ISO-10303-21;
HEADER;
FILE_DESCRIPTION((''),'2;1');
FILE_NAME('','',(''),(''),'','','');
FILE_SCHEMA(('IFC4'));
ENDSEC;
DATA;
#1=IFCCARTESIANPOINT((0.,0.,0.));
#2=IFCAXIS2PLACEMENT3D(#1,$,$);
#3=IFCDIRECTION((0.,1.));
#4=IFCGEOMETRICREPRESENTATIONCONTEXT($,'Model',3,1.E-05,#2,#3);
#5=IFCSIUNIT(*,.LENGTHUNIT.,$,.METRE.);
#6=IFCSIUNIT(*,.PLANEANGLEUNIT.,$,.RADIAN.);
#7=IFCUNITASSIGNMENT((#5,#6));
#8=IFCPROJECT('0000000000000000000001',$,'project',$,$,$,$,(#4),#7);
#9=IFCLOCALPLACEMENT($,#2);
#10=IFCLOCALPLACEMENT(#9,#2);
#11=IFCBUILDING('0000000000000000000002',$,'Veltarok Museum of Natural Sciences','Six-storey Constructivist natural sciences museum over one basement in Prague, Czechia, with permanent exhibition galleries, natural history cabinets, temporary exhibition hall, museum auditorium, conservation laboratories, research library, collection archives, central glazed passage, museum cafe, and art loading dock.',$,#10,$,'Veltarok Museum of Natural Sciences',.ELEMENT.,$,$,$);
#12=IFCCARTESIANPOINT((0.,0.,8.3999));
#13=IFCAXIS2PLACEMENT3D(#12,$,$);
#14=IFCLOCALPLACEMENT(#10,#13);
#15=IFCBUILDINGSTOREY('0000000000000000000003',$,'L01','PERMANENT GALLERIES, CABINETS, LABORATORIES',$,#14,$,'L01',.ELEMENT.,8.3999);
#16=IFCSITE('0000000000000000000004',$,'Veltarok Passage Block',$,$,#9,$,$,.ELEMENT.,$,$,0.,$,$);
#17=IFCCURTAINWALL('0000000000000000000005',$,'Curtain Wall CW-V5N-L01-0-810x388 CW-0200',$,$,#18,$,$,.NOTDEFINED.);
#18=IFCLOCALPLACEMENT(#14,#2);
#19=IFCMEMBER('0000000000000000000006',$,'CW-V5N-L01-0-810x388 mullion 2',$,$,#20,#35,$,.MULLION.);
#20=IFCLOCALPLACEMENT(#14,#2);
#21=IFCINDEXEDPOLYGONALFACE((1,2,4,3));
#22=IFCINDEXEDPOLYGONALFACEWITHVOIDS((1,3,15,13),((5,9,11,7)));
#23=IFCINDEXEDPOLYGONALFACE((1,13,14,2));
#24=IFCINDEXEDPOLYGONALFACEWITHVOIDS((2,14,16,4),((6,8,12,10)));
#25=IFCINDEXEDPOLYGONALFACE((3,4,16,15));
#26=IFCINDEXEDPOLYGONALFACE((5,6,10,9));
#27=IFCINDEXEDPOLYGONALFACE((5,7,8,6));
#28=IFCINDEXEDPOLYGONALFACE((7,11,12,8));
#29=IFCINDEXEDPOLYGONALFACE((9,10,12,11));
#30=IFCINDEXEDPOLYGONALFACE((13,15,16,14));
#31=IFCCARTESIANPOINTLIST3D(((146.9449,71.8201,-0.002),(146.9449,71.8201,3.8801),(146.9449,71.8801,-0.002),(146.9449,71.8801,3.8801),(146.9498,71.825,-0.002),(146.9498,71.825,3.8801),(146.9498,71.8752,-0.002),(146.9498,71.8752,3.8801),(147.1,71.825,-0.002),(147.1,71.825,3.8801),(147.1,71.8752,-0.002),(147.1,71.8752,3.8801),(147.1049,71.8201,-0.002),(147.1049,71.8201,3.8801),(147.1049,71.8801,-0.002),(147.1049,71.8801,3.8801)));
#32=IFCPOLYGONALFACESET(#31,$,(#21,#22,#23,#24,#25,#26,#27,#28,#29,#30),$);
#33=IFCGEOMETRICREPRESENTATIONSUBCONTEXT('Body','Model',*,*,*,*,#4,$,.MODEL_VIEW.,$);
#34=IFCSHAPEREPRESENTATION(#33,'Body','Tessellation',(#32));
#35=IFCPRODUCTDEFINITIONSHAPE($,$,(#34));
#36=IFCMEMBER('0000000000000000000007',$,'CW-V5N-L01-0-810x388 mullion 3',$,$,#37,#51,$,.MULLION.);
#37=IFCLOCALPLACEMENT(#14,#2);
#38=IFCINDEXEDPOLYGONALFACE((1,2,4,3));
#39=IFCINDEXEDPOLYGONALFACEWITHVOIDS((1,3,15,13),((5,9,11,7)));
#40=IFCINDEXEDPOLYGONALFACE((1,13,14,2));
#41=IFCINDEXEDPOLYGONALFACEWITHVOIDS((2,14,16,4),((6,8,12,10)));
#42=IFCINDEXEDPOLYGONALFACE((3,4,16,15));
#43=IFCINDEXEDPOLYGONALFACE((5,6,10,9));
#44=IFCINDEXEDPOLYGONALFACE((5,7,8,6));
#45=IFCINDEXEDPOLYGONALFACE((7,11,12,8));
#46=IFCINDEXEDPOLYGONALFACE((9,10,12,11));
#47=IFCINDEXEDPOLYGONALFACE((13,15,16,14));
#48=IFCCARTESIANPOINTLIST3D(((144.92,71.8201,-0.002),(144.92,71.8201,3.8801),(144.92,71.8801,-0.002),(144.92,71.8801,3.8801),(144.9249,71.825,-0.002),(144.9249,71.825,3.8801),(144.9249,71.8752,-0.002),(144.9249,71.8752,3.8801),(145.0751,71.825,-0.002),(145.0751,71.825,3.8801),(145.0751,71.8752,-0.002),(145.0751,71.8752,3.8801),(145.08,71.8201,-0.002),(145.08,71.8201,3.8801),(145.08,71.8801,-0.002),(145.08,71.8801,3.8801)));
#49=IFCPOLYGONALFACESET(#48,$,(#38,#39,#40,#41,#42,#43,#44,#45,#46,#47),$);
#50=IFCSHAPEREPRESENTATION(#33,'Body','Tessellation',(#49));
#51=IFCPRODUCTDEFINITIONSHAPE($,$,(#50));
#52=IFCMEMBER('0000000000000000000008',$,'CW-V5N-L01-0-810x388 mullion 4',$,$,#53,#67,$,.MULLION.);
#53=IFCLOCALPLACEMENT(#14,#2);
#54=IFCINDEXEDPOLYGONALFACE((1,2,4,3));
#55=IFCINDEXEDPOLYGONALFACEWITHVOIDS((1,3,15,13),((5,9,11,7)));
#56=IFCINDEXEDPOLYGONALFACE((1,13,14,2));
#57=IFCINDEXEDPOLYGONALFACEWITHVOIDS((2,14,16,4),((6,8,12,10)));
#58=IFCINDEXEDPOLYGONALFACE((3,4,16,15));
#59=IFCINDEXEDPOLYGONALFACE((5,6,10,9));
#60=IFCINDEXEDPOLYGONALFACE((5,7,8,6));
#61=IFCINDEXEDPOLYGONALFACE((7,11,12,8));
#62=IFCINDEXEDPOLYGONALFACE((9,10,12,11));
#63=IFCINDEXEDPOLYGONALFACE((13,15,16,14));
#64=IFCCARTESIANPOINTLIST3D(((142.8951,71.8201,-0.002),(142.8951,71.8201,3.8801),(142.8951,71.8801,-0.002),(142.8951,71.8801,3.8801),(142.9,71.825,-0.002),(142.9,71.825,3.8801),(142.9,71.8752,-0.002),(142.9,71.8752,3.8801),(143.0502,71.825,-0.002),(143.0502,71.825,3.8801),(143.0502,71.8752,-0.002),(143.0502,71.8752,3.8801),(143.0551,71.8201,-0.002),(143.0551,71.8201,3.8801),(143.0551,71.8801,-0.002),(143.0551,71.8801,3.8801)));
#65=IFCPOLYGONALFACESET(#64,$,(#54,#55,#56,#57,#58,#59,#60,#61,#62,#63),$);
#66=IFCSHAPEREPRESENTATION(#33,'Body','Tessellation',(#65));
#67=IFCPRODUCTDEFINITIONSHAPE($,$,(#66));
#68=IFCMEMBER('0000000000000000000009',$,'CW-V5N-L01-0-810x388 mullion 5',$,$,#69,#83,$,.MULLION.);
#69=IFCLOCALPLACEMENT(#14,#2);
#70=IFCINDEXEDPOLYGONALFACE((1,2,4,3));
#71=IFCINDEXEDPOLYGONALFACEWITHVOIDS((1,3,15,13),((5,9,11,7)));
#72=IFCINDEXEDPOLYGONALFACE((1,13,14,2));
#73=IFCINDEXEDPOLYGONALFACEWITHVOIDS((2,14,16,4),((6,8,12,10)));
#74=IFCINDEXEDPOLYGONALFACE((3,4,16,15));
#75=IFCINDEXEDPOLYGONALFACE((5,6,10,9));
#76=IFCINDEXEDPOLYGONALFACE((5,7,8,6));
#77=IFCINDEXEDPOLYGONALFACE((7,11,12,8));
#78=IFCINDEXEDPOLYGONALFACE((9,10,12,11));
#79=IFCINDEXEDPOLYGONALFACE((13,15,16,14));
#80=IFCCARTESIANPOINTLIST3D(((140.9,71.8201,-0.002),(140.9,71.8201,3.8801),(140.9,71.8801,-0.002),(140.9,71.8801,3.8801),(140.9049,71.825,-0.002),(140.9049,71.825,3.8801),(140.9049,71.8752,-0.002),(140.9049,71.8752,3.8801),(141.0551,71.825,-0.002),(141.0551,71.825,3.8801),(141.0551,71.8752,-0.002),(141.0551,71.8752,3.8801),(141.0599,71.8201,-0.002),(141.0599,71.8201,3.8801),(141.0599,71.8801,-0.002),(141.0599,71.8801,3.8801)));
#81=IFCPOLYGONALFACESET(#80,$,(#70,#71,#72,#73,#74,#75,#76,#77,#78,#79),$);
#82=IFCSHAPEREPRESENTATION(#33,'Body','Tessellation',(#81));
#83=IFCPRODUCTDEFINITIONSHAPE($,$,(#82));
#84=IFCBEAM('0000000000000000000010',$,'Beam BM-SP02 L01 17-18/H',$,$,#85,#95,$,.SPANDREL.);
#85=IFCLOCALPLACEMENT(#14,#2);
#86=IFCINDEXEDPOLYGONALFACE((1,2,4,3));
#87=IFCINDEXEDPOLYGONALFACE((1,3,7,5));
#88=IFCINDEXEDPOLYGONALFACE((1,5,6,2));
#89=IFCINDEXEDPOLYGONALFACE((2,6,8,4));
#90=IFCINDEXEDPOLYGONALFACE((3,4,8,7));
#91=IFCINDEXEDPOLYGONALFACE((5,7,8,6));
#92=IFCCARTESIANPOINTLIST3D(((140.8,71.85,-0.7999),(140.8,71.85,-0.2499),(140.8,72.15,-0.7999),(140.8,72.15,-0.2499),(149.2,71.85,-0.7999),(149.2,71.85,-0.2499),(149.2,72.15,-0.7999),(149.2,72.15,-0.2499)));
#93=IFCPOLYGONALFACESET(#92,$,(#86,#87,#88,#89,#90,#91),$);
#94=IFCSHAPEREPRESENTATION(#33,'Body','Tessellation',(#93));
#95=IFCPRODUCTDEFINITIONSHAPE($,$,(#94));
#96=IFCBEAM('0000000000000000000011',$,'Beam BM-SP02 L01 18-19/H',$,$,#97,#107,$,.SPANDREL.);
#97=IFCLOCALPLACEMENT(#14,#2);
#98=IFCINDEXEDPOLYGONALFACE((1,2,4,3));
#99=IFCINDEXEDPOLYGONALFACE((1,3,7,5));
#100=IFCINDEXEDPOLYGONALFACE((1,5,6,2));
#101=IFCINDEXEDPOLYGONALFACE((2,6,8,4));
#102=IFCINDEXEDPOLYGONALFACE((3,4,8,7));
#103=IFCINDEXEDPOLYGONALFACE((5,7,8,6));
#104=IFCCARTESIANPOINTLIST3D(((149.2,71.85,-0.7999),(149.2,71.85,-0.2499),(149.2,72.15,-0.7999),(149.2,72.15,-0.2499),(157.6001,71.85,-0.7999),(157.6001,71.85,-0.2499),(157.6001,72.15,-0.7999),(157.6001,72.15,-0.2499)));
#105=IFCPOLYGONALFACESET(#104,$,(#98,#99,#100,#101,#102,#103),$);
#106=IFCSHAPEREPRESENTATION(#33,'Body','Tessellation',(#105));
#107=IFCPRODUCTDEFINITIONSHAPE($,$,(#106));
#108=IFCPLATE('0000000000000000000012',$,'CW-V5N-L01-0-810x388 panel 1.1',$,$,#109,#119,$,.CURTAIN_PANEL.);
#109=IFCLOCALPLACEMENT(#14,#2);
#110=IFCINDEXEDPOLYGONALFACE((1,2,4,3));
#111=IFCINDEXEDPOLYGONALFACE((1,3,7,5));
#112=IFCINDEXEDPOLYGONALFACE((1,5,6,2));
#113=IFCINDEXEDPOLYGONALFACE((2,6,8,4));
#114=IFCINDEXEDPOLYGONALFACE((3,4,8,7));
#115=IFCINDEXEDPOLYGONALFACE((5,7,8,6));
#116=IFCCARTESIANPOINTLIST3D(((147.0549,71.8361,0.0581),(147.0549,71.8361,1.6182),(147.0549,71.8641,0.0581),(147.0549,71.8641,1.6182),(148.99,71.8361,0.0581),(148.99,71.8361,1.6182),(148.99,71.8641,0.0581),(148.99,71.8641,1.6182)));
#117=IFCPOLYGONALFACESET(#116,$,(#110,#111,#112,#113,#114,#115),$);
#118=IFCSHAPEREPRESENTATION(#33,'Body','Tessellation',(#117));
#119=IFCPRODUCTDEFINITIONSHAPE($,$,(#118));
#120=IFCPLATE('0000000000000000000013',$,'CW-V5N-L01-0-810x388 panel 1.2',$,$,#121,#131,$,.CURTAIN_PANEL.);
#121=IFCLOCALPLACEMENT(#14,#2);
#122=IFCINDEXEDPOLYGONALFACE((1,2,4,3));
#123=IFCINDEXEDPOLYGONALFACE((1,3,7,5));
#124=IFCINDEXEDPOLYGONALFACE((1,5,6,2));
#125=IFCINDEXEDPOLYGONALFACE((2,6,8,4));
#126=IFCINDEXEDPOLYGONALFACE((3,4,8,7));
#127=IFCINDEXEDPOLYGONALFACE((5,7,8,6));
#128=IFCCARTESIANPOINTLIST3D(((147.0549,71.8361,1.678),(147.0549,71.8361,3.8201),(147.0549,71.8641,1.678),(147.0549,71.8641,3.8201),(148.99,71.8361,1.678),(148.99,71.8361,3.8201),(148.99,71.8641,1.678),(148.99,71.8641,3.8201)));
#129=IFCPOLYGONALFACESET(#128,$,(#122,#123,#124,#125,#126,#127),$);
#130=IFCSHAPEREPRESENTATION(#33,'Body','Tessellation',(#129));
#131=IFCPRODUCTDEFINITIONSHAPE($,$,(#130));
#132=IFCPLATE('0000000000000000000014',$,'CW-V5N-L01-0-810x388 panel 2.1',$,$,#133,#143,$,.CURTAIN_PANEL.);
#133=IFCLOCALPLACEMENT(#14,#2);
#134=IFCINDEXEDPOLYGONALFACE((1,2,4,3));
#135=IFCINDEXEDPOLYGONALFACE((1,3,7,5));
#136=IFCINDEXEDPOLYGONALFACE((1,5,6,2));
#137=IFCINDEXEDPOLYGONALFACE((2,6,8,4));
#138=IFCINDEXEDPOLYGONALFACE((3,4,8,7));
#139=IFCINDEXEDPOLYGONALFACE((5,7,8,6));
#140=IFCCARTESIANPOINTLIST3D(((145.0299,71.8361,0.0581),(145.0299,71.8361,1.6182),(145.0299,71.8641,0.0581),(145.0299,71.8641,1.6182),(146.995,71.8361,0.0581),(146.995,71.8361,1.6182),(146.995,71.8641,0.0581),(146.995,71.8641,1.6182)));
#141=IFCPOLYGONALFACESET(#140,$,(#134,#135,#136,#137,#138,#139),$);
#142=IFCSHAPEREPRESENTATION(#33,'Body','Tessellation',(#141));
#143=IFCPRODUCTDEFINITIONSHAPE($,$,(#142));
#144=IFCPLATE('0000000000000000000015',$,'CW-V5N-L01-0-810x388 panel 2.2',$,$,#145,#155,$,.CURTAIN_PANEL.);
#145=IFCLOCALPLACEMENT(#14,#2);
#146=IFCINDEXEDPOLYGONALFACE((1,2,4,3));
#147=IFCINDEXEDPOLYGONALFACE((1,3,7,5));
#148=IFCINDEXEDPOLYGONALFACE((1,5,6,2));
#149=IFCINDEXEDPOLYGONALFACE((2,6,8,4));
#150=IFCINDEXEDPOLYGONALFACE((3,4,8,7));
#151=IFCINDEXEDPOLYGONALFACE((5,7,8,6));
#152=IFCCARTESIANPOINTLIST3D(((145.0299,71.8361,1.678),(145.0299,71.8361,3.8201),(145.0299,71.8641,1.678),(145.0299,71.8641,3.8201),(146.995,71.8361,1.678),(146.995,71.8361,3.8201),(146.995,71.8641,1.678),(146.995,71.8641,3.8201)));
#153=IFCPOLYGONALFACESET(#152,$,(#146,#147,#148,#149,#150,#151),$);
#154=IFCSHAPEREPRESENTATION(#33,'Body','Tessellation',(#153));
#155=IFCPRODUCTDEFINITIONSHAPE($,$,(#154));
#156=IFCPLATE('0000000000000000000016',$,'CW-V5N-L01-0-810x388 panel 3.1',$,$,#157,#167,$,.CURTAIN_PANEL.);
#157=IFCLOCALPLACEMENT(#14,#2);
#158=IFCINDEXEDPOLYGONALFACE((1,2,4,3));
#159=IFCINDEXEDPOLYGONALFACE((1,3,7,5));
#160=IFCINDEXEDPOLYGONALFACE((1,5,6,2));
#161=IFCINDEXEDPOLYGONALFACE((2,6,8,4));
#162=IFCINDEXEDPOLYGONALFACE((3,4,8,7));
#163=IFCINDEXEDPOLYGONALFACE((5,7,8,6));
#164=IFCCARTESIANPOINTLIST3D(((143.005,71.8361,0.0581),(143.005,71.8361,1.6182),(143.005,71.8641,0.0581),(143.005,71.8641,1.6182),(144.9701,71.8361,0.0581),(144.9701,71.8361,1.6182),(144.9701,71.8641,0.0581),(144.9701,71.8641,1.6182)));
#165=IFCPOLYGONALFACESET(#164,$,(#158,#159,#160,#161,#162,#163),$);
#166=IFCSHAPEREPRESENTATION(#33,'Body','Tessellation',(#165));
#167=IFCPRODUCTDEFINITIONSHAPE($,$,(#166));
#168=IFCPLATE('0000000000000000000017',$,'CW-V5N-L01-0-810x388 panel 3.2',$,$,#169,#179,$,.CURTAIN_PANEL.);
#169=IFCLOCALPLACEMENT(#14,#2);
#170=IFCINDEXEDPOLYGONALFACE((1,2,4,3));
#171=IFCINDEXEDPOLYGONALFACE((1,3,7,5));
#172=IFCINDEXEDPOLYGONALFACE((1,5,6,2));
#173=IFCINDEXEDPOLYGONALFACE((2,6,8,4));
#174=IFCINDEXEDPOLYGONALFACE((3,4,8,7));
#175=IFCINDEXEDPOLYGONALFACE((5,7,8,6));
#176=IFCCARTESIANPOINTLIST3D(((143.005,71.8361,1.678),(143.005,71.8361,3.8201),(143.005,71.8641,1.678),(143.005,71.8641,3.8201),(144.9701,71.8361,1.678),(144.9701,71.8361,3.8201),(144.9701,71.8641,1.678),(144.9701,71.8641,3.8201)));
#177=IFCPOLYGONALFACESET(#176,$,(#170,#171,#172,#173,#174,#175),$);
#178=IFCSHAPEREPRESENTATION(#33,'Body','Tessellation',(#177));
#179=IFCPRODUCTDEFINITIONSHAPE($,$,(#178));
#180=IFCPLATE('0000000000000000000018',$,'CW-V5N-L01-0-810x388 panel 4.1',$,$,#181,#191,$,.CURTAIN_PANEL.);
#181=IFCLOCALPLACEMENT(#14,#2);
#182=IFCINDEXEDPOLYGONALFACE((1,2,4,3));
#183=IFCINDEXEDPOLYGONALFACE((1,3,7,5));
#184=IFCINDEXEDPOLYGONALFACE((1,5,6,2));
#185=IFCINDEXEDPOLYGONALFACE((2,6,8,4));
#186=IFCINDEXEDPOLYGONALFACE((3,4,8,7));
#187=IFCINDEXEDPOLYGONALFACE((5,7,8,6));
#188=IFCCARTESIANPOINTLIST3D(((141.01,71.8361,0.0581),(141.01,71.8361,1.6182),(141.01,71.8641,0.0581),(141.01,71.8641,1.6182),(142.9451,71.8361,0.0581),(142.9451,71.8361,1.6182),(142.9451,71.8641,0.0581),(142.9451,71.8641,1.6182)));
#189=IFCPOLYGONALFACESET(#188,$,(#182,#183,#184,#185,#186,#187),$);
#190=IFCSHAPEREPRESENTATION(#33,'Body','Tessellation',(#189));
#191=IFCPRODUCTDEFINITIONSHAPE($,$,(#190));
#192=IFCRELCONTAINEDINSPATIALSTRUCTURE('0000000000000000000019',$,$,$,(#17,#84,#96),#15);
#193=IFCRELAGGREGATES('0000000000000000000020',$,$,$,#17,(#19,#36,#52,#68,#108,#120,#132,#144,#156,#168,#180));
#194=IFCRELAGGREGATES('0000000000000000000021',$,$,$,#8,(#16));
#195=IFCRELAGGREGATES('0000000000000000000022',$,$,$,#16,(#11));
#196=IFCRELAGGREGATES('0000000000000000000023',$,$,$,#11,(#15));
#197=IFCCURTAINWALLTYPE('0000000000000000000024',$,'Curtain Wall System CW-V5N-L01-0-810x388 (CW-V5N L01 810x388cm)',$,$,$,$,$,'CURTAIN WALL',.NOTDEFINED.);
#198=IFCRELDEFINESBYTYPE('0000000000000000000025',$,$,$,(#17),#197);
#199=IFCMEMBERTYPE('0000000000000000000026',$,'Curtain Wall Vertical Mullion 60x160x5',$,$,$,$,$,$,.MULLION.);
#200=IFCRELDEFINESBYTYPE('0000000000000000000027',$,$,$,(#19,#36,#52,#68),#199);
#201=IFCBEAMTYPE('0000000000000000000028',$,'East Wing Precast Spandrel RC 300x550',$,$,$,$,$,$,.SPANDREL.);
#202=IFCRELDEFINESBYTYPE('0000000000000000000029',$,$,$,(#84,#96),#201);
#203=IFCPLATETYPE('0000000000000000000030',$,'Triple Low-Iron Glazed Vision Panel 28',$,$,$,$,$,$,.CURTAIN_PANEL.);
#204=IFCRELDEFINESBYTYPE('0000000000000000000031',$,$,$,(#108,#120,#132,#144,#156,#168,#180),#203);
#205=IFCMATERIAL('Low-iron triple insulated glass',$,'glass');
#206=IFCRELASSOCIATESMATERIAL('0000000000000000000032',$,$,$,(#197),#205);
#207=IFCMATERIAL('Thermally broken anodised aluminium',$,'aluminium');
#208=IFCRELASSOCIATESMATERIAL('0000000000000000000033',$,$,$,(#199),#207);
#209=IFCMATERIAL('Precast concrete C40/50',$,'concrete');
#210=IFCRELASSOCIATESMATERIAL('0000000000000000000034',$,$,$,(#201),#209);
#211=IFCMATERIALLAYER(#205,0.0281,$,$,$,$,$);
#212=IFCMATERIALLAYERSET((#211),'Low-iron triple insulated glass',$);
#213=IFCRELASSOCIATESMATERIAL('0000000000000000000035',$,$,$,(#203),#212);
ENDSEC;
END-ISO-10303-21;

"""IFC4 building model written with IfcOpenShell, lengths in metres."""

from ifc_helpers import new_model, si_unit, direction, frame, origin, origin_2d, place, context, subcontext, project, spatial, rectangle, hollow_rectangle, extrude, material, layer, layer_set, material_profile, profile_set, type_object, element, aggregate, save


model = new_model("IFC4")

# Units and contexts
model_context = context("Model", 3, precision=1e-05, world=origin(), true_north=direction((0.0, 1.0)))
body_context = subcontext(model_context, "Body", "Model", "MODEL_VIEW")
ifc_project = project(units=[si_unit("LENGTHUNIT", "METRE"), si_unit("PLANEANGLEUNIT", "RADIAN")], contexts=[model_context])

# Site, building, storey
site_placement = place(None, origin())
site = spatial("IfcSite", under=ifc_project, at=site_placement, Name="Veltarok Passage Block", CompositionType="ELEMENT", RefElevation=0.0)
building_placement = place(site_placement, origin())
building = spatial("IfcBuilding", under=site, at=building_placement, Name="Veltarok Museum of Natural Sciences", Description="Six-storey Constructivist natural sciences museum over one basement in Prague, Czechia, with permanent exhibition galleries, natural history cabinets, temporary exhibition hall, museum auditorium, conservation laboratories, research library, collection archives, central glazed passage, museum cafe, and art loading dock.", LongName="Veltarok Museum of Natural Sciences", CompositionType="ELEMENT")
storey_placement = place(building_placement, frame((0.0, 0.0, 8.3999)))
storey = spatial("IfcBuildingStorey", under=building, at=storey_placement, Name="L01", Description="PERMANENT GALLERIES, CABINETS, LABORATORIES", LongName="L01", CompositionType="ELEMENT", Elevation=8.3999)

# Curtain wall
ifc_material_1 = material(Name="Low-iron triple insulated glass", Category="glass")
ifc_material_2 = material(Name="Thermally broken anodised aluminium", Category="aluminium")
curtain_wall_type_1 = type_object("IfcCurtainWallType", Name="Curtain Wall System CW-V5N-L01-0-810x388 (CW-V5N L01 810x388cm)", ElementType="CURTAIN WALL", PredefinedType="NOTDEFINED", material=ifc_material_1)
curtain_wall_1_placement = place(storey_placement, origin())
curtain_wall_1 = element("IfcCurtainWall", 1, at=curtain_wall_1_placement, inside=storey, type_object=curtain_wall_type_1, Name="Curtain Wall CW-V5N-L01-0-810x388 CW-0200", PredefinedType="NOTDEFINED")

# Members
ifc_material_profile_1 = material_profile(ifc_material_2, hollow_rectangle(XDim=0.0601, YDim=0.1599, WallThickness=0.0049, at=origin_2d()), Name="CW MULLION 60x160x5")
ifc_profile_set_1 = profile_set([ifc_material_profile_1], Name="Thermally broken anodised aluminium")
member_type_1 = type_object("IfcMemberType", Name="Curtain Wall Vertical Mullion 60x160x5", PredefinedType="MULLION", material=ifc_profile_set_1)
member_1_placement = place(storey_placement, frame((147.0249, 71.8501, -0.002), z_axis=(0.0, 0.0, 1.0), x_axis=(0.0, -1.0, 0.0)))
member_1 = element("IfcMember", 2, at=member_1_placement, type_object=member_type_1, Name="CW-V5N-L01-0-810x388 mullion 2", PredefinedType="MULLION", context=body_context, shape_type="SweptSolid", body=[
    extrude(hollow_rectangle(XDim=0.0601, YDim=0.1599, WallThickness=0.0049, at=origin_2d()), origin(), (0.0, 0.0, 1.0), 3.8821),
])
member_2_placement = place(storey_placement, frame((145.0, 71.8501, -0.002), z_axis=(0.0, 0.0, 1.0), x_axis=(0.0, -1.0, 0.0)))
member_2 = element("IfcMember", 3, at=member_2_placement, type_object=member_type_1, Name="CW-V5N-L01-0-810x388 mullion 3", PredefinedType="MULLION", context=body_context, shape_type="SweptSolid", body=[
    extrude(hollow_rectangle(XDim=0.0601, YDim=0.1599, WallThickness=0.0049, at=origin_2d()), origin(), (0.0, 0.0, 1.0), 3.8821),
])
member_3_placement = place(storey_placement, frame((142.9751, 71.8501, -0.002), z_axis=(0.0, 0.0, 1.0), x_axis=(0.0, -1.0, 0.0)))
member_3 = element("IfcMember", 4, at=member_3_placement, type_object=member_type_1, Name="CW-V5N-L01-0-810x388 mullion 4", PredefinedType="MULLION", context=body_context, shape_type="SweptSolid", body=[
    extrude(hollow_rectangle(XDim=0.0601, YDim=0.1599, WallThickness=0.0049, at=origin_2d()), origin(), (0.0, 0.0, 1.0), 3.8821),
])
member_4_placement = place(storey_placement, frame((140.98, 71.8501, -0.002), z_axis=(0.0, 0.0, 1.0), x_axis=(0.0, -1.0, 0.0)))
member_4 = element("IfcMember", 5, at=member_4_placement, type_object=member_type_1, Name="CW-V5N-L01-0-810x388 mullion 5", PredefinedType="MULLION", context=body_context, shape_type="SweptSolid", body=[
    extrude(hollow_rectangle(XDim=0.0601, YDim=0.1599, WallThickness=0.0049, at=origin_2d()), origin(), (0.0, 0.0, 1.0), 3.8821),
])

# Beams
ifc_material_3 = material(Name="Precast concrete C40/50", Category="concrete")
ifc_material_profile_2 = material_profile(ifc_material_3, rectangle(XDim=0.3, YDim=0.55, at=origin_2d()), Name="RC 300x550")
ifc_profile_set_2 = profile_set([ifc_material_profile_2], Name="Precast concrete C40/50")
beam_type = type_object("IfcBeamType", Name="East Wing Precast Spandrel RC 300x550", PredefinedType="SPANDREL", material=ifc_profile_set_2)
beam_1_placement = place(storey_placement, frame((140.8, 72.0, -0.5249), z_axis=(1.0, 0.0, 0.0), x_axis=(0.0, 1.0, 0.0)))
element("IfcBeam", 6, at=beam_1_placement, inside=storey, type_object=beam_type, Name="Beam BM-SP02 L01 17-18/H", PredefinedType="SPANDREL", context=body_context, shape_type="SweptSolid", body=[
    extrude(rectangle(XDim=0.3, YDim=0.55, at=origin_2d()), origin(), (0.0, 0.0, 1.0), 8.3999),
])
beam_2_placement = place(storey_placement, frame((149.2, 72.0, -0.5249), z_axis=(1.0, 0.0, 0.0), x_axis=(0.0, 1.0, 0.0)))
element("IfcBeam", 7, at=beam_2_placement, inside=storey, type_object=beam_type, Name="Beam BM-SP02 L01 18-19/H", PredefinedType="SPANDREL", context=body_context, shape_type="SweptSolid", body=[
    extrude(rectangle(XDim=0.3, YDim=0.55, at=origin_2d()), origin(), (0.0, 0.0, 1.0), 8.4001),
])

# Plates
ifc_layer = layer(ifc_material_1, 0.0281)
ifc_layer_set = layer_set([ifc_layer], Name="Low-iron triple insulated glass")
plate_type = type_object("IfcPlateType", Name="Triple Low-Iron Glazed Vision Panel 28", PredefinedType="CURTAIN_PANEL", material=ifc_layer_set)
plate_1_placement = place(storey_placement, frame((148.0225, 71.8501, 0.0581), z_axis=(0.0, 0.0, 1.0), x_axis=(-1.0, 0.0, 0.0)))
plate_1 = element("IfcPlate", 8, at=plate_1_placement, type_object=plate_type, Name="CW-V5N-L01-0-810x388 panel 1.1", PredefinedType="CURTAIN_PANEL", context=body_context, shape_type="SweptSolid", body=[
    extrude(rectangle(XDim=1.9351, YDim=0.0281, at=origin_2d()), origin(), (0.0, 0.0, 1.0), 1.5601),
])
plate_2_placement = place(storey_placement, frame((148.0225, 71.8501, 1.678), z_axis=(0.0, 0.0, 1.0), x_axis=(-1.0, 0.0, 0.0)))
plate_2 = element("IfcPlate", 9, at=plate_2_placement, type_object=plate_type, Name="CW-V5N-L01-0-810x388 panel 1.2", PredefinedType="CURTAIN_PANEL", context=body_context, shape_type="SweptSolid", body=[
    extrude(rectangle(XDim=1.9351, YDim=0.0281, at=origin_2d()), origin(), (0.0, 0.0, 1.0), 2.1421),
])
plate_3_placement = place(storey_placement, frame((146.0125, 71.8501, 0.0581), z_axis=(0.0, 0.0, 1.0), x_axis=(-1.0, 0.0, 0.0)))
plate_3 = element("IfcPlate", 10, at=plate_3_placement, type_object=plate_type, Name="CW-V5N-L01-0-810x388 panel 2.1", PredefinedType="CURTAIN_PANEL", context=body_context, shape_type="SweptSolid", body=[
    extrude(rectangle(XDim=1.9651, YDim=0.0281, at=origin_2d()), origin(), (0.0, 0.0, 1.0), 1.5601),
])
plate_4_placement = place(storey_placement, frame((146.0125, 71.8501, 1.678), z_axis=(0.0, 0.0, 1.0), x_axis=(-1.0, 0.0, 0.0)))
plate_4 = element("IfcPlate", 11, at=plate_4_placement, type_object=plate_type, Name="CW-V5N-L01-0-810x388 panel 2.2", PredefinedType="CURTAIN_PANEL", context=body_context, shape_type="SweptSolid", body=[
    extrude(rectangle(XDim=1.9651, YDim=0.0281, at=origin_2d()), origin(), (0.0, 0.0, 1.0), 2.1421),
])
plate_5_placement = place(storey_placement, frame((143.9875, 71.8501, 0.0581), z_axis=(0.0, 0.0, 1.0), x_axis=(-1.0, 0.0, 0.0)))
plate_5 = element("IfcPlate", 12, at=plate_5_placement, type_object=plate_type, Name="CW-V5N-L01-0-810x388 panel 3.1", PredefinedType="CURTAIN_PANEL", context=body_context, shape_type="SweptSolid", body=[
    extrude(rectangle(XDim=1.9651, YDim=0.0281, at=origin_2d()), origin(), (0.0, 0.0, 1.0), 1.5601),
])
plate_6_placement = place(storey_placement, frame((143.9875, 71.8501, 1.678), z_axis=(0.0, 0.0, 1.0), x_axis=(-1.0, 0.0, 0.0)))
plate_6 = element("IfcPlate", 13, at=plate_6_placement, type_object=plate_type, Name="CW-V5N-L01-0-810x388 panel 3.2", PredefinedType="CURTAIN_PANEL", context=body_context, shape_type="SweptSolid", body=[
    extrude(rectangle(XDim=1.9651, YDim=0.0281, at=origin_2d()), origin(), (0.0, 0.0, 1.0), 2.1421),
])
plate_7_placement = place(storey_placement, frame((141.9775, 71.8501, 0.0581), z_axis=(0.0, 0.0, 1.0), x_axis=(-1.0, 0.0, 0.0)))
plate_7 = element("IfcPlate", 14, at=plate_7_placement, type_object=plate_type, Name="CW-V5N-L01-0-810x388 panel 4.1", PredefinedType="CURTAIN_PANEL", context=body_context, shape_type="SweptSolid", body=[
    extrude(rectangle(XDim=1.9351, YDim=0.0281, at=origin_2d()), origin(), (0.0, 0.0, 1.0), 1.5601),
])
aggregate(curtain_wall_1, [member_1, member_2, member_3, member_4, plate_1, plate_2, plate_3, plate_4, plate_5, plate_6, plate_7])

save(model, "model.ifc")
